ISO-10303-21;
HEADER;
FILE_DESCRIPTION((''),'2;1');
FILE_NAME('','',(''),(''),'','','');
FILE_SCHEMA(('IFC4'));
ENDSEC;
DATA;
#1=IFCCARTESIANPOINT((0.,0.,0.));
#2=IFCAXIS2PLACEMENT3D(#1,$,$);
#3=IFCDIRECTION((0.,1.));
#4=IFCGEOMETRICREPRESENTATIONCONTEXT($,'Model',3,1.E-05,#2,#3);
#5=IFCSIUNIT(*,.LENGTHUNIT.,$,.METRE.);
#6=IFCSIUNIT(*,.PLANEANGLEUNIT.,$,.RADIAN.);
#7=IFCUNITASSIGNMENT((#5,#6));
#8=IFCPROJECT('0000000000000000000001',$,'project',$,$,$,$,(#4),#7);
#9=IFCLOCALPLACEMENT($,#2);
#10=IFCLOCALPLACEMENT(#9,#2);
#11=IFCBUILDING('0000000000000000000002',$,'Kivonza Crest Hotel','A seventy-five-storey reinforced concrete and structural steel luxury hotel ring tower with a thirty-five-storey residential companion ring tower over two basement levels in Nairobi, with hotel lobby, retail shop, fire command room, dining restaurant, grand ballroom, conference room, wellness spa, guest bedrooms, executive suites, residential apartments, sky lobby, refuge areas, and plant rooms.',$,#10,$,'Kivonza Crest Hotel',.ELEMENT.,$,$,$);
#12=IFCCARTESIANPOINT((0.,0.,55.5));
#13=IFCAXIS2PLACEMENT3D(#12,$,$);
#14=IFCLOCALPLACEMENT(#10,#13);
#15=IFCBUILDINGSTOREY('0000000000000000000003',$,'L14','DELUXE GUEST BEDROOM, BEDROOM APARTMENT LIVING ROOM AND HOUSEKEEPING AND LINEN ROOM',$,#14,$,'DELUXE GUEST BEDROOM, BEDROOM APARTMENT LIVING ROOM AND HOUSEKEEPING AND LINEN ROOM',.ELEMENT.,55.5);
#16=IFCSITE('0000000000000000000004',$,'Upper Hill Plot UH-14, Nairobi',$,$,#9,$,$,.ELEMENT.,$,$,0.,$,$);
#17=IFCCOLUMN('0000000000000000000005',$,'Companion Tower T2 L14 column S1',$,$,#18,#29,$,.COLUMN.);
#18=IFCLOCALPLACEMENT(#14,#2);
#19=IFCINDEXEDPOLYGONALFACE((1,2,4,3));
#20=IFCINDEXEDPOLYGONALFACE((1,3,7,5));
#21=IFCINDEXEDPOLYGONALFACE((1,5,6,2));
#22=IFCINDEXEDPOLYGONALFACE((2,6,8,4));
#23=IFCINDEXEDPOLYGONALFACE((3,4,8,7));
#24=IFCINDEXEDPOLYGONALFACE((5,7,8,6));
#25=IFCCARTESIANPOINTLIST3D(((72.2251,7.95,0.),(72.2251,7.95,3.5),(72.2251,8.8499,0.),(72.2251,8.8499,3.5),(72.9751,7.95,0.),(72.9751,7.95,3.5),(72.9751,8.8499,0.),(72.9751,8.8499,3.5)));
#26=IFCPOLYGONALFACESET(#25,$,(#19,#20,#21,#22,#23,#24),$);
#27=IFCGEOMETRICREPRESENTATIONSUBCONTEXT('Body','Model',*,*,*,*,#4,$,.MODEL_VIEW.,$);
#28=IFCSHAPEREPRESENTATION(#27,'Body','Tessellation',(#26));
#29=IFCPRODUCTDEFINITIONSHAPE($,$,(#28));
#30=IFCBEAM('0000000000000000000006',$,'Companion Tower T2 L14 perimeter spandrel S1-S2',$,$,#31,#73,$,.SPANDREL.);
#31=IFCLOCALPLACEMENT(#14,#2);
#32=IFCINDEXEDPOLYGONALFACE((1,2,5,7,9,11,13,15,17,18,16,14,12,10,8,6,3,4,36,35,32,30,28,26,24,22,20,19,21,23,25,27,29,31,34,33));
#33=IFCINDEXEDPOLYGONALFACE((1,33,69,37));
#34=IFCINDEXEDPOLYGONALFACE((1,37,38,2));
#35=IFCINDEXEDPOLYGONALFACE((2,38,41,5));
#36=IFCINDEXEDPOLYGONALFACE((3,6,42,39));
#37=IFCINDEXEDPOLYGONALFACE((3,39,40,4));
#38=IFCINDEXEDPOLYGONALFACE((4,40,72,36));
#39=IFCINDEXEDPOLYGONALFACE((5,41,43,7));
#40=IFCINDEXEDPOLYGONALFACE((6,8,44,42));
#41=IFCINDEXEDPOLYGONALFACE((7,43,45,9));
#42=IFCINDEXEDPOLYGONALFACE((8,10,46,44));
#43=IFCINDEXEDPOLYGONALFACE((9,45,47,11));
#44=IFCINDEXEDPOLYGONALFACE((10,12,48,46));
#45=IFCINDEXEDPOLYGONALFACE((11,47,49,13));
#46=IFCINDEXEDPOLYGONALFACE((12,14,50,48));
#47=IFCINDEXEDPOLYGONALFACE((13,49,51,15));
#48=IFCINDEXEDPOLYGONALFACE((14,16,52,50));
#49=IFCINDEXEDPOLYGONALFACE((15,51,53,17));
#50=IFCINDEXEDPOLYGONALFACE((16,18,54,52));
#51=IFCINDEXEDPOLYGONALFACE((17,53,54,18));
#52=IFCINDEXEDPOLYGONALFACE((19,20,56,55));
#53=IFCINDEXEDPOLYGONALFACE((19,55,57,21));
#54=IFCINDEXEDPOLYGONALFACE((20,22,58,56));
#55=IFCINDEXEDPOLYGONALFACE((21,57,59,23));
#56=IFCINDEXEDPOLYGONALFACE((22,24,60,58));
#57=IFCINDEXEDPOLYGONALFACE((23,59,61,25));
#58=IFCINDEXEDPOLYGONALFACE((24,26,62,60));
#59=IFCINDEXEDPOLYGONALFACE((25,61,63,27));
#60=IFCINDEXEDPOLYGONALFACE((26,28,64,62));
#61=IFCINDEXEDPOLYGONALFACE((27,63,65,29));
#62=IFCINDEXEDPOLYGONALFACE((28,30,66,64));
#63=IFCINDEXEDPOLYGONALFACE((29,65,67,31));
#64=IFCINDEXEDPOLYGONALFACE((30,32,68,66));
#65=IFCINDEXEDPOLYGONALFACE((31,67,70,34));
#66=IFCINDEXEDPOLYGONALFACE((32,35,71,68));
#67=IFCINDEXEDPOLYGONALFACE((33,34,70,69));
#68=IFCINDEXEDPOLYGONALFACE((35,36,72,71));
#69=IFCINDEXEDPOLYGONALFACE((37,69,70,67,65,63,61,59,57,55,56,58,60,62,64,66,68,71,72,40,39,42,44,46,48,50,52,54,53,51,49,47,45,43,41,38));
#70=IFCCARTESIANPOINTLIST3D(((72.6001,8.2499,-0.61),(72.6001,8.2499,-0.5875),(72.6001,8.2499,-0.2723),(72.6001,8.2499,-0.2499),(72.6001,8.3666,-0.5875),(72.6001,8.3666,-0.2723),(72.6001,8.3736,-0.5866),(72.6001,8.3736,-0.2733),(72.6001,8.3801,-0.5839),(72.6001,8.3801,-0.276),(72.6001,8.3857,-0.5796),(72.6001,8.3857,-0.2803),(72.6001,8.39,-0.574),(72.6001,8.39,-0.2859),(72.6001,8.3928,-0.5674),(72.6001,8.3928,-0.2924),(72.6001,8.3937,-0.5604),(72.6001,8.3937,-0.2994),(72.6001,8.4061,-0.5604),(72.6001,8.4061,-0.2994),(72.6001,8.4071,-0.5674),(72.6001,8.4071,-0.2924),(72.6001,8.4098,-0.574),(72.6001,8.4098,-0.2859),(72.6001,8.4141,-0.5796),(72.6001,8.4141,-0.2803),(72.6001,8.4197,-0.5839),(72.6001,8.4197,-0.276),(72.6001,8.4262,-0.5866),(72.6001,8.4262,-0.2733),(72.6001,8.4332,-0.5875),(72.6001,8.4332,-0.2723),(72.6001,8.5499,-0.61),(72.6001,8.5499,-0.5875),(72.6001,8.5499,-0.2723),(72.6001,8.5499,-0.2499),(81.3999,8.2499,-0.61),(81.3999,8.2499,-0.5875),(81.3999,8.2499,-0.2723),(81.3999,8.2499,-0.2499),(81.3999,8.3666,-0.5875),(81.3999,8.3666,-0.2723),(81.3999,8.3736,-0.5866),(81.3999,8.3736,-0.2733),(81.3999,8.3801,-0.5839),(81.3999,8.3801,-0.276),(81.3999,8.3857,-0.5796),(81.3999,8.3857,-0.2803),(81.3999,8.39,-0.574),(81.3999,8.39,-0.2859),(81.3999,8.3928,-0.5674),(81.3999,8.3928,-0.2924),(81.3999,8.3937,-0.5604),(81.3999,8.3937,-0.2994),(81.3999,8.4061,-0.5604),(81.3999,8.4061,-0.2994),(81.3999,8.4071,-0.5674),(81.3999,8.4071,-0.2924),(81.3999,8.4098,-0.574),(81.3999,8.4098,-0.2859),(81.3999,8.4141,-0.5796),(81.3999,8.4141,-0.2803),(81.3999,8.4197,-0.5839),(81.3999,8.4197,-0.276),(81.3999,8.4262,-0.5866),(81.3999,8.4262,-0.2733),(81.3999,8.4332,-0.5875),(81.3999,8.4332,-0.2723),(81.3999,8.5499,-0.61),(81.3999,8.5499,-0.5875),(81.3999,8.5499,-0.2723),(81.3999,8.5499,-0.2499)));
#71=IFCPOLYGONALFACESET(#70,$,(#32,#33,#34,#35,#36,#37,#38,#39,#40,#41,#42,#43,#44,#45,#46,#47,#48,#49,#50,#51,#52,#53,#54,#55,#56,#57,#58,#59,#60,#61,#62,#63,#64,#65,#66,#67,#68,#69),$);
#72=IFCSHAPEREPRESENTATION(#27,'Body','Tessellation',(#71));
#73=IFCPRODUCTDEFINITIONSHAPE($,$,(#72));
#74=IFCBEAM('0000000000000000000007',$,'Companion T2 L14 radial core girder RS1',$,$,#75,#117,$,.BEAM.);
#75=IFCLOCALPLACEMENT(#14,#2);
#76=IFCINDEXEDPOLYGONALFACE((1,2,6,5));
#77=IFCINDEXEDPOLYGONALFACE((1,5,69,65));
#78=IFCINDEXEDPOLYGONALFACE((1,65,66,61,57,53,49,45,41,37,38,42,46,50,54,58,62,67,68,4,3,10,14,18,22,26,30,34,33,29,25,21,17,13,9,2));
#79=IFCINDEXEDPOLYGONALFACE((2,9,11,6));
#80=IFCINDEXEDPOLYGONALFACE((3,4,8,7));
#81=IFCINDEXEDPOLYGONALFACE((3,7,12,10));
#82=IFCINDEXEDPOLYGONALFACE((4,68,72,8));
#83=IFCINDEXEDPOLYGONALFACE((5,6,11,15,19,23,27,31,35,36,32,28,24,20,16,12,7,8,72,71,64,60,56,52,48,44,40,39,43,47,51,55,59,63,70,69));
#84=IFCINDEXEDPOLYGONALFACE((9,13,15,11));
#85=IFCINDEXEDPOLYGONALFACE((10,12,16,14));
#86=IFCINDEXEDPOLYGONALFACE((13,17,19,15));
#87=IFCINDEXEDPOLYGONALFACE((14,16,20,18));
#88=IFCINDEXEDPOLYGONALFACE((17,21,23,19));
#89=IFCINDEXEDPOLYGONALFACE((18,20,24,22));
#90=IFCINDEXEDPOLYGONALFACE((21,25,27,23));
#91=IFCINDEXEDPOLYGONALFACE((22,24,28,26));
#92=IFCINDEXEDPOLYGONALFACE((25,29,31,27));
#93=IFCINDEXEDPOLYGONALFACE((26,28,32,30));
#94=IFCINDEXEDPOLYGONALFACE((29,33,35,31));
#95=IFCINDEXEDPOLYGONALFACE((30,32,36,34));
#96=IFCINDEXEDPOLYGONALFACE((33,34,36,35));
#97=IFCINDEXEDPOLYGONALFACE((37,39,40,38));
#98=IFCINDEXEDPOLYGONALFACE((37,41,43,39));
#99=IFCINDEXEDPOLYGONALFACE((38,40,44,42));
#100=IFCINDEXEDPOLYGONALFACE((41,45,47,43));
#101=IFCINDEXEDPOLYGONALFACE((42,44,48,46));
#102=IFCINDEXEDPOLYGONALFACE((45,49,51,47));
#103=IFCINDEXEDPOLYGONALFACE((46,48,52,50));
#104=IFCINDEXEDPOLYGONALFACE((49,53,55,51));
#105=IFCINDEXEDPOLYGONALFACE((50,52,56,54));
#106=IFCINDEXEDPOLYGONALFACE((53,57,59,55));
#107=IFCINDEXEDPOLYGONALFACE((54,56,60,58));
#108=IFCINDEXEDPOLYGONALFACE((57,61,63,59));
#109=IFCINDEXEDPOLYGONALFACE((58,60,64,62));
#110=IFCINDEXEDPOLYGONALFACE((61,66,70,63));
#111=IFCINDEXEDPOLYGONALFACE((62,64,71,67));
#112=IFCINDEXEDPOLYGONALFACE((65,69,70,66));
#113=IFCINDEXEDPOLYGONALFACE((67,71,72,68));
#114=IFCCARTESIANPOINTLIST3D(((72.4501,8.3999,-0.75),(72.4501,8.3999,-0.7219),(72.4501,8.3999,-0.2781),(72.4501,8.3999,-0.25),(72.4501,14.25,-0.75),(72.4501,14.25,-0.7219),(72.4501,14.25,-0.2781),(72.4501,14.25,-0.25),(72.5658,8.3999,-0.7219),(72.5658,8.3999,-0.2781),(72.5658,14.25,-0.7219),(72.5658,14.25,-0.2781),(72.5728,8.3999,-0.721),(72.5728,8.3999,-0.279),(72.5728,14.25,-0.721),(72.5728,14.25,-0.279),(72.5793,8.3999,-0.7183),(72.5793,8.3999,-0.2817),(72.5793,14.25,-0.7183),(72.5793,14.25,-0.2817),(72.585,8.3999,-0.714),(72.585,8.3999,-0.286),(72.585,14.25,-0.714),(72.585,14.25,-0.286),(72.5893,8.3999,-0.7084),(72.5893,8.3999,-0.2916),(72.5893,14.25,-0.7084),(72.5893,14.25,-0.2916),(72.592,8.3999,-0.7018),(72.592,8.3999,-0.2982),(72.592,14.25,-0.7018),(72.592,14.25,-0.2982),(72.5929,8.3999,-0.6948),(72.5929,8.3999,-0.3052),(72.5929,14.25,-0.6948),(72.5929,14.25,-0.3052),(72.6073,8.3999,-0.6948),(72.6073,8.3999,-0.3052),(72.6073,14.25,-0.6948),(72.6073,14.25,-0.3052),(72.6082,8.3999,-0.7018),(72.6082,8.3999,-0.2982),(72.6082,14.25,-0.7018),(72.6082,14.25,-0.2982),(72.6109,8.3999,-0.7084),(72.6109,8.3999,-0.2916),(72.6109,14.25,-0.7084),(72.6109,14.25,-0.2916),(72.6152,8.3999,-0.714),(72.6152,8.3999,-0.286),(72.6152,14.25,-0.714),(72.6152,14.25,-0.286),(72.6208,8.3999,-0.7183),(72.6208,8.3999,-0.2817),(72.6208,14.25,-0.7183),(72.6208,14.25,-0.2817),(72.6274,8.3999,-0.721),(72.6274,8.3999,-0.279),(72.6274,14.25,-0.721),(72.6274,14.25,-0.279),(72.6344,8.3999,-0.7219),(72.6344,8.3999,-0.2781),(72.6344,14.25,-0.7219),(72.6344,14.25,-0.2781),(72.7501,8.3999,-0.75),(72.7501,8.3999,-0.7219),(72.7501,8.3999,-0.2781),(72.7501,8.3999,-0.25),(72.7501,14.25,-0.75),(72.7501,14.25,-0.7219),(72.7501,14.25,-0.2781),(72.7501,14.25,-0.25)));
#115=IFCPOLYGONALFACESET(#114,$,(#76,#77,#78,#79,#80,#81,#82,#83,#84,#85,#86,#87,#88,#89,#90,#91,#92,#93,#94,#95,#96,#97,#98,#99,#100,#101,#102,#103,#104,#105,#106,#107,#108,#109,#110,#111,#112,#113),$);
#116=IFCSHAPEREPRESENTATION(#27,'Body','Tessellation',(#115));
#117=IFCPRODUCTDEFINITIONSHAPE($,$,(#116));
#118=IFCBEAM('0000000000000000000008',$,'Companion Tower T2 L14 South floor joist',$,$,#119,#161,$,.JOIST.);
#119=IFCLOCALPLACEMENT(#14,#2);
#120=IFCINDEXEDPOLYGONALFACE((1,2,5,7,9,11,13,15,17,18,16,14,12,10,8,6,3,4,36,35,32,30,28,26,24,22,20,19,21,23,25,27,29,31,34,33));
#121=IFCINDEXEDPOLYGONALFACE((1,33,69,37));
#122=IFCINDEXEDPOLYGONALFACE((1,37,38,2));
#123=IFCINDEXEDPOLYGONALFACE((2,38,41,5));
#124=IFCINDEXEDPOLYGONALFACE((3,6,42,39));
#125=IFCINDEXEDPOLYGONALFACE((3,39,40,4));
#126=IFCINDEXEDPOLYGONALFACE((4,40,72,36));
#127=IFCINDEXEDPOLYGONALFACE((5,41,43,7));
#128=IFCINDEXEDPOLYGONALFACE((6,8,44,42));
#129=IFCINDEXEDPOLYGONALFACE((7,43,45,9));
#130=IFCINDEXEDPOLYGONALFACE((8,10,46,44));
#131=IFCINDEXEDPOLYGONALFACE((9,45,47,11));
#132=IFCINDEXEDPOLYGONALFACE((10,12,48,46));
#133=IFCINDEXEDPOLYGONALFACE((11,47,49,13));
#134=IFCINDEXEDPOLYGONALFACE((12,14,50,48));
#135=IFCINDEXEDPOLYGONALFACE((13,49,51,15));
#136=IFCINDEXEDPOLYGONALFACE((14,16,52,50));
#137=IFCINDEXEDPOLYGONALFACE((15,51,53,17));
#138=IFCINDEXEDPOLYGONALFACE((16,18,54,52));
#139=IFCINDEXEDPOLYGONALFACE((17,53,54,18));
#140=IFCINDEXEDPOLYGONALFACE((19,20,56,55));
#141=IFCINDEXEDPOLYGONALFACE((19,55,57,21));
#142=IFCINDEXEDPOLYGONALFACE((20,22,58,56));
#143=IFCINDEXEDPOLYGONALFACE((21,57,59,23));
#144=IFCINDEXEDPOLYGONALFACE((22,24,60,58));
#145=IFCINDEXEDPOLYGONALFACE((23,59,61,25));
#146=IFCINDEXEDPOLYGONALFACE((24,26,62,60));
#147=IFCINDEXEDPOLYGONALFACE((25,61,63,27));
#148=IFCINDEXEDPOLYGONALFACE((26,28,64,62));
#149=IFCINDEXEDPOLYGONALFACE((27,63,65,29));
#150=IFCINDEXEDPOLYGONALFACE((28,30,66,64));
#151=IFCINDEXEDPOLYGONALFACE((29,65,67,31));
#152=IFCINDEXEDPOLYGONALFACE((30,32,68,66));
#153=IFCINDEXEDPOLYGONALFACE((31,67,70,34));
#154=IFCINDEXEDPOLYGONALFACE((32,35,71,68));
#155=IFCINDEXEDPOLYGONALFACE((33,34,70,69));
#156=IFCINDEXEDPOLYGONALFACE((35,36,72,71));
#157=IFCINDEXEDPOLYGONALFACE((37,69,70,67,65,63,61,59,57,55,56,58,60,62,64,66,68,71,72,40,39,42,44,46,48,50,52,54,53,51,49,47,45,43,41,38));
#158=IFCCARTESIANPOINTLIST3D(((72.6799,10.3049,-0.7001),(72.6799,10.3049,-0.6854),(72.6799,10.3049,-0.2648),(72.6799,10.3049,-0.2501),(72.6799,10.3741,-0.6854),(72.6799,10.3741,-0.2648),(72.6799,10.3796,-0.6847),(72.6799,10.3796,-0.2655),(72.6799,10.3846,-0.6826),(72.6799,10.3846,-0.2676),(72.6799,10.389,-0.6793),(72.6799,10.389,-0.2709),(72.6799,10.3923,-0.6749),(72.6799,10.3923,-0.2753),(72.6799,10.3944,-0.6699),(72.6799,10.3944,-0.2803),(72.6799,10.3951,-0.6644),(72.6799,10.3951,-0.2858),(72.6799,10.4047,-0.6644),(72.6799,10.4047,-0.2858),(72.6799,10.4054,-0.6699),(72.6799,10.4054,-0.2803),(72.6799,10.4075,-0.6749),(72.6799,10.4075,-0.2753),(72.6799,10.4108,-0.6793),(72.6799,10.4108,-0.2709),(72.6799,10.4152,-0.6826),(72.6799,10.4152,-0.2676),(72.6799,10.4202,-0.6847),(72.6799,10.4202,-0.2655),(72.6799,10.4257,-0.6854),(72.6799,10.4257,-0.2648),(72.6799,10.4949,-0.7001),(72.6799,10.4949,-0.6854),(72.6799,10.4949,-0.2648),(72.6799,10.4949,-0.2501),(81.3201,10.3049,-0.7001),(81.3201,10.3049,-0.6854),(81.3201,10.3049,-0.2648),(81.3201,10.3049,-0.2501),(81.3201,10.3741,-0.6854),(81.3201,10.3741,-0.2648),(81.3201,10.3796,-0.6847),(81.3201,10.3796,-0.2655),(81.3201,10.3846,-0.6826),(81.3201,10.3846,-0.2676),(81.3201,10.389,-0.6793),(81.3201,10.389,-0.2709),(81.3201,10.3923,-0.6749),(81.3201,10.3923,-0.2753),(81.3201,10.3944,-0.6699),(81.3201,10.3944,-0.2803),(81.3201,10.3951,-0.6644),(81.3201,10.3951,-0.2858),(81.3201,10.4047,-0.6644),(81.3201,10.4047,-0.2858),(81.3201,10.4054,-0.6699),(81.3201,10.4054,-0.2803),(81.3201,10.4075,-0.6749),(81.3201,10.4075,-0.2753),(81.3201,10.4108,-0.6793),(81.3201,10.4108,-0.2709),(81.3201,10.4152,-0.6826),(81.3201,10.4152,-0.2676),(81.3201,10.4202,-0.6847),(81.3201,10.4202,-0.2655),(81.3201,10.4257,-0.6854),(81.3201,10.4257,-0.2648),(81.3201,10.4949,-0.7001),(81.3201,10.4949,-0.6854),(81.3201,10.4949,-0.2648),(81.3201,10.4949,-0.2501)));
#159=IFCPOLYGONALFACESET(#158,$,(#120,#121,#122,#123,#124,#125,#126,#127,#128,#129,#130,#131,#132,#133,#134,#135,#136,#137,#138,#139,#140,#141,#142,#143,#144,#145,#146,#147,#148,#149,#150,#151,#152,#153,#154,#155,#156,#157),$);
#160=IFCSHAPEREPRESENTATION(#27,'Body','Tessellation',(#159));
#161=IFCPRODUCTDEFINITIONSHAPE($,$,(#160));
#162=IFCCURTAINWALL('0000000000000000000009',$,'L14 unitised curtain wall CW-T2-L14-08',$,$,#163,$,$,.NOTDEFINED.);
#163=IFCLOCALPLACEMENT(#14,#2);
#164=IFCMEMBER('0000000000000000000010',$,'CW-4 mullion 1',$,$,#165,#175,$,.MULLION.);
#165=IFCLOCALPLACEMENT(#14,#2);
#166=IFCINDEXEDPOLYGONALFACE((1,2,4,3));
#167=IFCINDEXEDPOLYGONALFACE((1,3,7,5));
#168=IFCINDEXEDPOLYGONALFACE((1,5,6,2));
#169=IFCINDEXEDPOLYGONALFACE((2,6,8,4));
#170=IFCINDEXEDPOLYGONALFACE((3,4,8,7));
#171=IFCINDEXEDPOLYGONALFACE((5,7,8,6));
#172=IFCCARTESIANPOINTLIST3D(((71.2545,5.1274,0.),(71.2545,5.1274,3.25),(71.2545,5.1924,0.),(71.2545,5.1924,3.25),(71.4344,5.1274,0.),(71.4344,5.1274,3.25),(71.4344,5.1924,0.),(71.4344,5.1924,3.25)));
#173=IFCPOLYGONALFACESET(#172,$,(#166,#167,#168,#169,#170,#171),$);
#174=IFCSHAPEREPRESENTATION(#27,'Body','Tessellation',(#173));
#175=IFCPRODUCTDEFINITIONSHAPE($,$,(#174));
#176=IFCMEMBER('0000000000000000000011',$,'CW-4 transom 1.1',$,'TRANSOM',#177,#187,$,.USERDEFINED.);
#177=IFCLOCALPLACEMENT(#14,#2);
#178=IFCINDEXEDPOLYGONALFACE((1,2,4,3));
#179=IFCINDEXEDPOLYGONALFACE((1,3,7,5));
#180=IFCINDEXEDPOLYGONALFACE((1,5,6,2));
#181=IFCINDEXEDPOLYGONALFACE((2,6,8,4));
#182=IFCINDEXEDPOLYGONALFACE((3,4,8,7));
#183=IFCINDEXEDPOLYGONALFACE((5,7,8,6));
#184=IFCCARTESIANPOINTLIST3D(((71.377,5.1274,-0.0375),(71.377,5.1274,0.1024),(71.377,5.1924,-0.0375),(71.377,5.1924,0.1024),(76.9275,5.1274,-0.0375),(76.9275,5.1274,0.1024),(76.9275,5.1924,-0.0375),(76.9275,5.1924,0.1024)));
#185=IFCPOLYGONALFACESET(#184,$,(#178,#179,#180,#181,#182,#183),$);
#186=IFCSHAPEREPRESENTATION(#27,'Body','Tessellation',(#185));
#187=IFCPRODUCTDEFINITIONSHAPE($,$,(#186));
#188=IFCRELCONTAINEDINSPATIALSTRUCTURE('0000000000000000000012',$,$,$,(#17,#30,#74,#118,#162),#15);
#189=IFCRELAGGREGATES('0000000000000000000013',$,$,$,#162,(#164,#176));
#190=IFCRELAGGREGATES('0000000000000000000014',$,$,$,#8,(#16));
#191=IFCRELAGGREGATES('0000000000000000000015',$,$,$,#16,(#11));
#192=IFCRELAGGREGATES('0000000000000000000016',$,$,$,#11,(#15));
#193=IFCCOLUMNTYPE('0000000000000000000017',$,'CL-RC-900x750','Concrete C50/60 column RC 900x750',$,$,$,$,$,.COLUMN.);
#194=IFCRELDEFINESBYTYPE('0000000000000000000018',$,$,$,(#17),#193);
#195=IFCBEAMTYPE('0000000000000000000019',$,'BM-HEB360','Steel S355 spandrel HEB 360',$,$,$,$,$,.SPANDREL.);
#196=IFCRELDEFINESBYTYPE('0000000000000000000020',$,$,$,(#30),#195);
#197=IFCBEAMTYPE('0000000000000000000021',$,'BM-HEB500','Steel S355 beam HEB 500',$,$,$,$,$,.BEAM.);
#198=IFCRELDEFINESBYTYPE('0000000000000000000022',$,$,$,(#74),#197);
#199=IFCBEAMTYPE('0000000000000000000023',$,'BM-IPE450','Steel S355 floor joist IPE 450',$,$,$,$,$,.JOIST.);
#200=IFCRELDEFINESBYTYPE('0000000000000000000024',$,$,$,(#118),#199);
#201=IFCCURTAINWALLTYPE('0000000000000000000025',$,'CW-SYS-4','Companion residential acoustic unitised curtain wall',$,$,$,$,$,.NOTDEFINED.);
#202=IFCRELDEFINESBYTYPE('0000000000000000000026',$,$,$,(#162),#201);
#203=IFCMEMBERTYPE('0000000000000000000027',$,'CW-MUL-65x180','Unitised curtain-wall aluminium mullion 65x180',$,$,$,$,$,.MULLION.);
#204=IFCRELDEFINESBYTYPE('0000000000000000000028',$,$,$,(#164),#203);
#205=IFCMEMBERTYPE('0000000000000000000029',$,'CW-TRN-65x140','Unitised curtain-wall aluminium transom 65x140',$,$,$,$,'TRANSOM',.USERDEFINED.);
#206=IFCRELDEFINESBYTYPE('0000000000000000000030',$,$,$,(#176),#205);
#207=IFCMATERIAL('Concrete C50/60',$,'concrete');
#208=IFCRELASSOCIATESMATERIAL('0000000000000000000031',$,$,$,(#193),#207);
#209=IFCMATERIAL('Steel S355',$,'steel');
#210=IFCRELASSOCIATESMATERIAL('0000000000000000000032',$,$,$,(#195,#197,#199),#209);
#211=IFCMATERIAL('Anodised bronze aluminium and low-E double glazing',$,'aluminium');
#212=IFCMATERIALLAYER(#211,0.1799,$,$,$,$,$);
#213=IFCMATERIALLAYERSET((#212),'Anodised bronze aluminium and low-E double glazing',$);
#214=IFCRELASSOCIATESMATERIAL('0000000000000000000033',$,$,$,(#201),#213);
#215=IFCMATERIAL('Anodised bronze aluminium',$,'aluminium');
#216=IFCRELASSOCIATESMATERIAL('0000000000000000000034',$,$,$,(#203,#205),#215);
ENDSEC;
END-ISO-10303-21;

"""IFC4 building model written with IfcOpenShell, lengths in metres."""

from ifc_helpers import new_model, si_unit, direction, frame, origin, origin_2d, place, context, subcontext, project, spatial, rectangle, i_section, extrude, material, layer, layer_set, material_profile, profile_set, type_object, element, aggregate, save


model = new_model("IFC4")

# Units and contexts
model_context = context("Model", 3, precision=1e-05, world=origin(), true_north=direction((0.0, 1.0)))
body_context = subcontext(model_context, "Body", "Model", "MODEL_VIEW")
ifc_project = project(units=[si_unit("LENGTHUNIT", "METRE"), si_unit("PLANEANGLEUNIT", "RADIAN")], contexts=[model_context])

# Site, building, storey
site_placement = place(None, origin())
site = spatial("IfcSite", under=ifc_project, at=site_placement, Name="Upper Hill Plot UH-14, Nairobi", CompositionType="ELEMENT", RefElevation=0.0)
building_placement = place(site_placement, origin())
building = spatial("IfcBuilding", under=site, at=building_placement, Name="Kivonza Crest Hotel", Description="A seventy-five-storey reinforced concrete and structural steel luxury hotel ring tower with a thirty-five-storey residential companion ring tower over two basement levels in Nairobi, with hotel lobby, retail shop, fire command room, dining restaurant, grand ballroom, conference room, wellness spa, guest bedrooms, executive suites, residential apartments, sky lobby, refuge areas, and plant rooms.", LongName="Kivonza Crest Hotel", CompositionType="ELEMENT")
storey_placement = place(building_placement, frame((0.0, 0.0, 55.5)))
storey = spatial("IfcBuildingStorey", under=building, at=storey_placement, Name="L14", Description="DELUXE GUEST BEDROOM, BEDROOM APARTMENT LIVING ROOM AND HOUSEKEEPING AND LINEN ROOM", LongName="DELUXE GUEST BEDROOM, BEDROOM APARTMENT LIVING ROOM AND HOUSEKEEPING AND LINEN ROOM", CompositionType="ELEMENT", Elevation=55.5)

# Column
ifc_material_1 = material(Name="Concrete C50/60", Category="concrete")
ifc_material_profile_1 = material_profile(ifc_material_1, rectangle(XDim=0.75, YDim=0.8999, at=origin_2d()), Name="RC 900x750")
ifc_profile_set_1 = profile_set([ifc_material_profile_1], Name="Concrete C50/60")
column_type = type_object("IfcColumnType", Name="CL-RC-900x750", Description="Concrete C50/60 column RC 900x750", PredefinedType="COLUMN", material=ifc_profile_set_1)
column_placement = place(storey_placement, frame((72.6001, 8.3999, 0.0), z_axis=(0.0, 0.0, 1.0), x_axis=(1.0, 0.0, 0.0)))
element("IfcColumn", 1, at=column_placement, inside=storey, type_object=column_type, Name="Companion Tower T2 L14 column S1", PredefinedType="COLUMN", context=body_context, shape_type="SweptSolid", body=[
    extrude(rectangle(XDim=0.75, YDim=0.8999, at=origin_2d()), origin(), (0.0, 0.0, 1.0), 3.5),
])

# Beams
ifc_material_2 = material(Name="Steel S355", Category="steel")
ifc_material_profile_2 = material_profile(ifc_material_2, i_section(OverallWidth=0.3, OverallDepth=0.3601, WebThickness=0.0125, FlangeThickness=0.0225, FilletRadius=0.0271, at=origin_2d()), Name="HEB 360")
ifc_profile_set_2 = profile_set([ifc_material_profile_2], Name="Steel S355")
beam_type_1 = type_object("IfcBeamType", Name="BM-HEB360", Description="Steel S355 spandrel HEB 360", PredefinedType="SPANDREL", material=ifc_profile_set_2)
beam_1_placement = place(storey_placement, frame((72.6001, 8.3999, -0.4299), z_axis=(1.0, 0.0, 0.0), x_axis=(0.0, 1.0, 0.0)))
element("IfcBeam", 2, at=beam_1_placement, inside=storey, type_object=beam_type_1, Name="Companion Tower T2 L14 perimeter spandrel S1-S2", PredefinedType="SPANDREL", context=body_context, shape_type="SweptSolid", body=[
    extrude(i_section(OverallWidth=0.3, OverallDepth=0.3601, WebThickness=0.0125, FlangeThickness=0.0225, FilletRadius=0.0271, at=origin_2d()), origin(), (0.0, 0.0, 1.0), 8.7998),
])
ifc_material_profile_3 = material_profile(ifc_material_2, i_section(OverallWidth=0.3, OverallDepth=0.5, WebThickness=0.0144, FlangeThickness=0.0281, FilletRadius=0.0271, at=origin_2d()), Name="HEB 500")
ifc_profile_set_3 = profile_set([ifc_material_profile_3], Name="Steel S355")
beam_type_2 = type_object("IfcBeamType", Name="BM-HEB500", Description="Steel S355 beam HEB 500", PredefinedType="BEAM", material=ifc_profile_set_3)
beam_2_placement = place(storey_placement, frame((72.6001, 8.3999, -0.5), z_axis=(0.0, 1.0, 0.0), x_axis=(-1.0, 0.0, 0.0)))
element("IfcBeam", 3, at=beam_2_placement, inside=storey, type_object=beam_type_2, Name="Companion T2 L14 radial core girder RS1", PredefinedType="BEAM", context=body_context, shape_type="SweptSolid", body=[
    extrude(i_section(OverallWidth=0.3, OverallDepth=0.5, WebThickness=0.0144, FlangeThickness=0.0281, FilletRadius=0.0271, at=origin_2d()), origin(), (0.0, 0.0, 1.0), 5.8501),
])
ifc_material_profile_4 = material_profile(ifc_material_2, i_section(OverallWidth=0.1899, OverallDepth=0.45, WebThickness=0.0095, FlangeThickness=0.0146, FilletRadius=0.021, at=origin_2d()), Name="IPE 450")
ifc_profile_set_4 = profile_set([ifc_material_profile_4], Name="Steel S355")
beam_type_3 = type_object("IfcBeamType", Name="BM-IPE450", Description="Steel S355 floor joist IPE 450", PredefinedType="JOIST", material=ifc_profile_set_4)
beam_3_placement = place(storey_placement, frame((72.6799, 10.3999, -0.4751), z_axis=(1.0, 0.0, 0.0), x_axis=(0.0, 1.0, 0.0)))
element("IfcBeam", 4, at=beam_3_placement, inside=storey, type_object=beam_type_3, Name="Companion Tower T2 L14 South floor joist", PredefinedType="JOIST", context=body_context, shape_type="SweptSolid", body=[
    extrude(i_section(OverallWidth=0.1899, OverallDepth=0.45, WebThickness=0.0095, FlangeThickness=0.0146, FilletRadius=0.021, at=origin_2d()), origin(), (0.0, 0.0, 1.0), 8.6401),
])

# Curtain wall, members
ifc_material_3 = material(Name="Anodised bronze aluminium and low-E double glazing", Category="aluminium")
ifc_layer_1 = layer(ifc_material_3, 0.1799)
ifc_layer_set_1 = layer_set([ifc_layer_1], Name="Anodised bronze aluminium and low-E double glazing")
curtain_wall_type = type_object("IfcCurtainWallType", Name="CW-SYS-4", Description="Companion residential acoustic unitised curtain wall", PredefinedType="NOTDEFINED", material=ifc_layer_set_1)
curtain_wall_placement = place(storey_placement, origin())
curtain_wall = element("IfcCurtainWall", 5, at=curtain_wall_placement, inside=storey, type_object=curtain_wall_type, Name="L14 unitised curtain wall CW-T2-L14-08", PredefinedType="NOTDEFINED")
ifc_material_4 = material(Name="Anodised bronze aluminium", Category="aluminium")
ifc_material_profile_5 = material_profile(ifc_material_4, rectangle(XDim=0.0649, YDim=0.1799, at=origin_2d()), Name="CW-M 65x180")
ifc_profile_set_5 = profile_set([ifc_material_profile_5], Name="Anodised bronze aluminium")
member_type_1 = type_object("IfcMemberType", Name="CW-MUL-65x180", Description="Unitised curtain-wall aluminium mullion 65x180", PredefinedType="MULLION", material=ifc_profile_set_5)
member_1_placement = place(storey_placement, frame((71.3445, 5.1599, 0.0), z_axis=(0.0, 0.0, 1.0), x_axis=(0.0, 1.0, 0.0)))
member_1 = element("IfcMember", 6, at=member_1_placement, type_object=member_type_1, Name="CW-4 mullion 1", PredefinedType="MULLION", context=body_context, shape_type="SweptSolid", body=[
    extrude(rectangle(XDim=0.0649, YDim=0.1799, at=origin_2d()), origin(), (0.0, 0.0, 1.0), 3.25),
])
ifc_material_profile_6 = material_profile(ifc_material_4, rectangle(XDim=0.0649, YDim=0.1399, at=origin_2d()), Name="CW-T 65x140")
ifc_profile_set_6 = profile_set([ifc_material_profile_6], Name="Anodised bronze aluminium")
member_type_2 = type_object("IfcMemberType", Name="CW-TRN-65x140", Description="Unitised curtain-wall aluminium transom 65x140", ElementType="TRANSOM", PredefinedType="USERDEFINED", material=ifc_profile_set_6)
member_2_placement = place(storey_placement, frame((71.377, 5.1599, 0.0325), z_axis=(1.0, 0.0, 0.0), x_axis=(0.0, 1.0, 0.0)))
member_2 = element("IfcMember", 7, at=member_2_placement, type_object=member_type_2, Name="CW-4 transom 1.1", ObjectType="TRANSOM", PredefinedType="USERDEFINED", context=body_context, shape_type="SweptSolid", body=[
    extrude(rectangle(XDim=0.0649, YDim=0.1399, at=origin_2d()), origin(), (0.0, 0.0, 1.0), 5.5505),
])
aggregate(curtain_wall, [member_1, member_2])

save(model, "model.ifc")
